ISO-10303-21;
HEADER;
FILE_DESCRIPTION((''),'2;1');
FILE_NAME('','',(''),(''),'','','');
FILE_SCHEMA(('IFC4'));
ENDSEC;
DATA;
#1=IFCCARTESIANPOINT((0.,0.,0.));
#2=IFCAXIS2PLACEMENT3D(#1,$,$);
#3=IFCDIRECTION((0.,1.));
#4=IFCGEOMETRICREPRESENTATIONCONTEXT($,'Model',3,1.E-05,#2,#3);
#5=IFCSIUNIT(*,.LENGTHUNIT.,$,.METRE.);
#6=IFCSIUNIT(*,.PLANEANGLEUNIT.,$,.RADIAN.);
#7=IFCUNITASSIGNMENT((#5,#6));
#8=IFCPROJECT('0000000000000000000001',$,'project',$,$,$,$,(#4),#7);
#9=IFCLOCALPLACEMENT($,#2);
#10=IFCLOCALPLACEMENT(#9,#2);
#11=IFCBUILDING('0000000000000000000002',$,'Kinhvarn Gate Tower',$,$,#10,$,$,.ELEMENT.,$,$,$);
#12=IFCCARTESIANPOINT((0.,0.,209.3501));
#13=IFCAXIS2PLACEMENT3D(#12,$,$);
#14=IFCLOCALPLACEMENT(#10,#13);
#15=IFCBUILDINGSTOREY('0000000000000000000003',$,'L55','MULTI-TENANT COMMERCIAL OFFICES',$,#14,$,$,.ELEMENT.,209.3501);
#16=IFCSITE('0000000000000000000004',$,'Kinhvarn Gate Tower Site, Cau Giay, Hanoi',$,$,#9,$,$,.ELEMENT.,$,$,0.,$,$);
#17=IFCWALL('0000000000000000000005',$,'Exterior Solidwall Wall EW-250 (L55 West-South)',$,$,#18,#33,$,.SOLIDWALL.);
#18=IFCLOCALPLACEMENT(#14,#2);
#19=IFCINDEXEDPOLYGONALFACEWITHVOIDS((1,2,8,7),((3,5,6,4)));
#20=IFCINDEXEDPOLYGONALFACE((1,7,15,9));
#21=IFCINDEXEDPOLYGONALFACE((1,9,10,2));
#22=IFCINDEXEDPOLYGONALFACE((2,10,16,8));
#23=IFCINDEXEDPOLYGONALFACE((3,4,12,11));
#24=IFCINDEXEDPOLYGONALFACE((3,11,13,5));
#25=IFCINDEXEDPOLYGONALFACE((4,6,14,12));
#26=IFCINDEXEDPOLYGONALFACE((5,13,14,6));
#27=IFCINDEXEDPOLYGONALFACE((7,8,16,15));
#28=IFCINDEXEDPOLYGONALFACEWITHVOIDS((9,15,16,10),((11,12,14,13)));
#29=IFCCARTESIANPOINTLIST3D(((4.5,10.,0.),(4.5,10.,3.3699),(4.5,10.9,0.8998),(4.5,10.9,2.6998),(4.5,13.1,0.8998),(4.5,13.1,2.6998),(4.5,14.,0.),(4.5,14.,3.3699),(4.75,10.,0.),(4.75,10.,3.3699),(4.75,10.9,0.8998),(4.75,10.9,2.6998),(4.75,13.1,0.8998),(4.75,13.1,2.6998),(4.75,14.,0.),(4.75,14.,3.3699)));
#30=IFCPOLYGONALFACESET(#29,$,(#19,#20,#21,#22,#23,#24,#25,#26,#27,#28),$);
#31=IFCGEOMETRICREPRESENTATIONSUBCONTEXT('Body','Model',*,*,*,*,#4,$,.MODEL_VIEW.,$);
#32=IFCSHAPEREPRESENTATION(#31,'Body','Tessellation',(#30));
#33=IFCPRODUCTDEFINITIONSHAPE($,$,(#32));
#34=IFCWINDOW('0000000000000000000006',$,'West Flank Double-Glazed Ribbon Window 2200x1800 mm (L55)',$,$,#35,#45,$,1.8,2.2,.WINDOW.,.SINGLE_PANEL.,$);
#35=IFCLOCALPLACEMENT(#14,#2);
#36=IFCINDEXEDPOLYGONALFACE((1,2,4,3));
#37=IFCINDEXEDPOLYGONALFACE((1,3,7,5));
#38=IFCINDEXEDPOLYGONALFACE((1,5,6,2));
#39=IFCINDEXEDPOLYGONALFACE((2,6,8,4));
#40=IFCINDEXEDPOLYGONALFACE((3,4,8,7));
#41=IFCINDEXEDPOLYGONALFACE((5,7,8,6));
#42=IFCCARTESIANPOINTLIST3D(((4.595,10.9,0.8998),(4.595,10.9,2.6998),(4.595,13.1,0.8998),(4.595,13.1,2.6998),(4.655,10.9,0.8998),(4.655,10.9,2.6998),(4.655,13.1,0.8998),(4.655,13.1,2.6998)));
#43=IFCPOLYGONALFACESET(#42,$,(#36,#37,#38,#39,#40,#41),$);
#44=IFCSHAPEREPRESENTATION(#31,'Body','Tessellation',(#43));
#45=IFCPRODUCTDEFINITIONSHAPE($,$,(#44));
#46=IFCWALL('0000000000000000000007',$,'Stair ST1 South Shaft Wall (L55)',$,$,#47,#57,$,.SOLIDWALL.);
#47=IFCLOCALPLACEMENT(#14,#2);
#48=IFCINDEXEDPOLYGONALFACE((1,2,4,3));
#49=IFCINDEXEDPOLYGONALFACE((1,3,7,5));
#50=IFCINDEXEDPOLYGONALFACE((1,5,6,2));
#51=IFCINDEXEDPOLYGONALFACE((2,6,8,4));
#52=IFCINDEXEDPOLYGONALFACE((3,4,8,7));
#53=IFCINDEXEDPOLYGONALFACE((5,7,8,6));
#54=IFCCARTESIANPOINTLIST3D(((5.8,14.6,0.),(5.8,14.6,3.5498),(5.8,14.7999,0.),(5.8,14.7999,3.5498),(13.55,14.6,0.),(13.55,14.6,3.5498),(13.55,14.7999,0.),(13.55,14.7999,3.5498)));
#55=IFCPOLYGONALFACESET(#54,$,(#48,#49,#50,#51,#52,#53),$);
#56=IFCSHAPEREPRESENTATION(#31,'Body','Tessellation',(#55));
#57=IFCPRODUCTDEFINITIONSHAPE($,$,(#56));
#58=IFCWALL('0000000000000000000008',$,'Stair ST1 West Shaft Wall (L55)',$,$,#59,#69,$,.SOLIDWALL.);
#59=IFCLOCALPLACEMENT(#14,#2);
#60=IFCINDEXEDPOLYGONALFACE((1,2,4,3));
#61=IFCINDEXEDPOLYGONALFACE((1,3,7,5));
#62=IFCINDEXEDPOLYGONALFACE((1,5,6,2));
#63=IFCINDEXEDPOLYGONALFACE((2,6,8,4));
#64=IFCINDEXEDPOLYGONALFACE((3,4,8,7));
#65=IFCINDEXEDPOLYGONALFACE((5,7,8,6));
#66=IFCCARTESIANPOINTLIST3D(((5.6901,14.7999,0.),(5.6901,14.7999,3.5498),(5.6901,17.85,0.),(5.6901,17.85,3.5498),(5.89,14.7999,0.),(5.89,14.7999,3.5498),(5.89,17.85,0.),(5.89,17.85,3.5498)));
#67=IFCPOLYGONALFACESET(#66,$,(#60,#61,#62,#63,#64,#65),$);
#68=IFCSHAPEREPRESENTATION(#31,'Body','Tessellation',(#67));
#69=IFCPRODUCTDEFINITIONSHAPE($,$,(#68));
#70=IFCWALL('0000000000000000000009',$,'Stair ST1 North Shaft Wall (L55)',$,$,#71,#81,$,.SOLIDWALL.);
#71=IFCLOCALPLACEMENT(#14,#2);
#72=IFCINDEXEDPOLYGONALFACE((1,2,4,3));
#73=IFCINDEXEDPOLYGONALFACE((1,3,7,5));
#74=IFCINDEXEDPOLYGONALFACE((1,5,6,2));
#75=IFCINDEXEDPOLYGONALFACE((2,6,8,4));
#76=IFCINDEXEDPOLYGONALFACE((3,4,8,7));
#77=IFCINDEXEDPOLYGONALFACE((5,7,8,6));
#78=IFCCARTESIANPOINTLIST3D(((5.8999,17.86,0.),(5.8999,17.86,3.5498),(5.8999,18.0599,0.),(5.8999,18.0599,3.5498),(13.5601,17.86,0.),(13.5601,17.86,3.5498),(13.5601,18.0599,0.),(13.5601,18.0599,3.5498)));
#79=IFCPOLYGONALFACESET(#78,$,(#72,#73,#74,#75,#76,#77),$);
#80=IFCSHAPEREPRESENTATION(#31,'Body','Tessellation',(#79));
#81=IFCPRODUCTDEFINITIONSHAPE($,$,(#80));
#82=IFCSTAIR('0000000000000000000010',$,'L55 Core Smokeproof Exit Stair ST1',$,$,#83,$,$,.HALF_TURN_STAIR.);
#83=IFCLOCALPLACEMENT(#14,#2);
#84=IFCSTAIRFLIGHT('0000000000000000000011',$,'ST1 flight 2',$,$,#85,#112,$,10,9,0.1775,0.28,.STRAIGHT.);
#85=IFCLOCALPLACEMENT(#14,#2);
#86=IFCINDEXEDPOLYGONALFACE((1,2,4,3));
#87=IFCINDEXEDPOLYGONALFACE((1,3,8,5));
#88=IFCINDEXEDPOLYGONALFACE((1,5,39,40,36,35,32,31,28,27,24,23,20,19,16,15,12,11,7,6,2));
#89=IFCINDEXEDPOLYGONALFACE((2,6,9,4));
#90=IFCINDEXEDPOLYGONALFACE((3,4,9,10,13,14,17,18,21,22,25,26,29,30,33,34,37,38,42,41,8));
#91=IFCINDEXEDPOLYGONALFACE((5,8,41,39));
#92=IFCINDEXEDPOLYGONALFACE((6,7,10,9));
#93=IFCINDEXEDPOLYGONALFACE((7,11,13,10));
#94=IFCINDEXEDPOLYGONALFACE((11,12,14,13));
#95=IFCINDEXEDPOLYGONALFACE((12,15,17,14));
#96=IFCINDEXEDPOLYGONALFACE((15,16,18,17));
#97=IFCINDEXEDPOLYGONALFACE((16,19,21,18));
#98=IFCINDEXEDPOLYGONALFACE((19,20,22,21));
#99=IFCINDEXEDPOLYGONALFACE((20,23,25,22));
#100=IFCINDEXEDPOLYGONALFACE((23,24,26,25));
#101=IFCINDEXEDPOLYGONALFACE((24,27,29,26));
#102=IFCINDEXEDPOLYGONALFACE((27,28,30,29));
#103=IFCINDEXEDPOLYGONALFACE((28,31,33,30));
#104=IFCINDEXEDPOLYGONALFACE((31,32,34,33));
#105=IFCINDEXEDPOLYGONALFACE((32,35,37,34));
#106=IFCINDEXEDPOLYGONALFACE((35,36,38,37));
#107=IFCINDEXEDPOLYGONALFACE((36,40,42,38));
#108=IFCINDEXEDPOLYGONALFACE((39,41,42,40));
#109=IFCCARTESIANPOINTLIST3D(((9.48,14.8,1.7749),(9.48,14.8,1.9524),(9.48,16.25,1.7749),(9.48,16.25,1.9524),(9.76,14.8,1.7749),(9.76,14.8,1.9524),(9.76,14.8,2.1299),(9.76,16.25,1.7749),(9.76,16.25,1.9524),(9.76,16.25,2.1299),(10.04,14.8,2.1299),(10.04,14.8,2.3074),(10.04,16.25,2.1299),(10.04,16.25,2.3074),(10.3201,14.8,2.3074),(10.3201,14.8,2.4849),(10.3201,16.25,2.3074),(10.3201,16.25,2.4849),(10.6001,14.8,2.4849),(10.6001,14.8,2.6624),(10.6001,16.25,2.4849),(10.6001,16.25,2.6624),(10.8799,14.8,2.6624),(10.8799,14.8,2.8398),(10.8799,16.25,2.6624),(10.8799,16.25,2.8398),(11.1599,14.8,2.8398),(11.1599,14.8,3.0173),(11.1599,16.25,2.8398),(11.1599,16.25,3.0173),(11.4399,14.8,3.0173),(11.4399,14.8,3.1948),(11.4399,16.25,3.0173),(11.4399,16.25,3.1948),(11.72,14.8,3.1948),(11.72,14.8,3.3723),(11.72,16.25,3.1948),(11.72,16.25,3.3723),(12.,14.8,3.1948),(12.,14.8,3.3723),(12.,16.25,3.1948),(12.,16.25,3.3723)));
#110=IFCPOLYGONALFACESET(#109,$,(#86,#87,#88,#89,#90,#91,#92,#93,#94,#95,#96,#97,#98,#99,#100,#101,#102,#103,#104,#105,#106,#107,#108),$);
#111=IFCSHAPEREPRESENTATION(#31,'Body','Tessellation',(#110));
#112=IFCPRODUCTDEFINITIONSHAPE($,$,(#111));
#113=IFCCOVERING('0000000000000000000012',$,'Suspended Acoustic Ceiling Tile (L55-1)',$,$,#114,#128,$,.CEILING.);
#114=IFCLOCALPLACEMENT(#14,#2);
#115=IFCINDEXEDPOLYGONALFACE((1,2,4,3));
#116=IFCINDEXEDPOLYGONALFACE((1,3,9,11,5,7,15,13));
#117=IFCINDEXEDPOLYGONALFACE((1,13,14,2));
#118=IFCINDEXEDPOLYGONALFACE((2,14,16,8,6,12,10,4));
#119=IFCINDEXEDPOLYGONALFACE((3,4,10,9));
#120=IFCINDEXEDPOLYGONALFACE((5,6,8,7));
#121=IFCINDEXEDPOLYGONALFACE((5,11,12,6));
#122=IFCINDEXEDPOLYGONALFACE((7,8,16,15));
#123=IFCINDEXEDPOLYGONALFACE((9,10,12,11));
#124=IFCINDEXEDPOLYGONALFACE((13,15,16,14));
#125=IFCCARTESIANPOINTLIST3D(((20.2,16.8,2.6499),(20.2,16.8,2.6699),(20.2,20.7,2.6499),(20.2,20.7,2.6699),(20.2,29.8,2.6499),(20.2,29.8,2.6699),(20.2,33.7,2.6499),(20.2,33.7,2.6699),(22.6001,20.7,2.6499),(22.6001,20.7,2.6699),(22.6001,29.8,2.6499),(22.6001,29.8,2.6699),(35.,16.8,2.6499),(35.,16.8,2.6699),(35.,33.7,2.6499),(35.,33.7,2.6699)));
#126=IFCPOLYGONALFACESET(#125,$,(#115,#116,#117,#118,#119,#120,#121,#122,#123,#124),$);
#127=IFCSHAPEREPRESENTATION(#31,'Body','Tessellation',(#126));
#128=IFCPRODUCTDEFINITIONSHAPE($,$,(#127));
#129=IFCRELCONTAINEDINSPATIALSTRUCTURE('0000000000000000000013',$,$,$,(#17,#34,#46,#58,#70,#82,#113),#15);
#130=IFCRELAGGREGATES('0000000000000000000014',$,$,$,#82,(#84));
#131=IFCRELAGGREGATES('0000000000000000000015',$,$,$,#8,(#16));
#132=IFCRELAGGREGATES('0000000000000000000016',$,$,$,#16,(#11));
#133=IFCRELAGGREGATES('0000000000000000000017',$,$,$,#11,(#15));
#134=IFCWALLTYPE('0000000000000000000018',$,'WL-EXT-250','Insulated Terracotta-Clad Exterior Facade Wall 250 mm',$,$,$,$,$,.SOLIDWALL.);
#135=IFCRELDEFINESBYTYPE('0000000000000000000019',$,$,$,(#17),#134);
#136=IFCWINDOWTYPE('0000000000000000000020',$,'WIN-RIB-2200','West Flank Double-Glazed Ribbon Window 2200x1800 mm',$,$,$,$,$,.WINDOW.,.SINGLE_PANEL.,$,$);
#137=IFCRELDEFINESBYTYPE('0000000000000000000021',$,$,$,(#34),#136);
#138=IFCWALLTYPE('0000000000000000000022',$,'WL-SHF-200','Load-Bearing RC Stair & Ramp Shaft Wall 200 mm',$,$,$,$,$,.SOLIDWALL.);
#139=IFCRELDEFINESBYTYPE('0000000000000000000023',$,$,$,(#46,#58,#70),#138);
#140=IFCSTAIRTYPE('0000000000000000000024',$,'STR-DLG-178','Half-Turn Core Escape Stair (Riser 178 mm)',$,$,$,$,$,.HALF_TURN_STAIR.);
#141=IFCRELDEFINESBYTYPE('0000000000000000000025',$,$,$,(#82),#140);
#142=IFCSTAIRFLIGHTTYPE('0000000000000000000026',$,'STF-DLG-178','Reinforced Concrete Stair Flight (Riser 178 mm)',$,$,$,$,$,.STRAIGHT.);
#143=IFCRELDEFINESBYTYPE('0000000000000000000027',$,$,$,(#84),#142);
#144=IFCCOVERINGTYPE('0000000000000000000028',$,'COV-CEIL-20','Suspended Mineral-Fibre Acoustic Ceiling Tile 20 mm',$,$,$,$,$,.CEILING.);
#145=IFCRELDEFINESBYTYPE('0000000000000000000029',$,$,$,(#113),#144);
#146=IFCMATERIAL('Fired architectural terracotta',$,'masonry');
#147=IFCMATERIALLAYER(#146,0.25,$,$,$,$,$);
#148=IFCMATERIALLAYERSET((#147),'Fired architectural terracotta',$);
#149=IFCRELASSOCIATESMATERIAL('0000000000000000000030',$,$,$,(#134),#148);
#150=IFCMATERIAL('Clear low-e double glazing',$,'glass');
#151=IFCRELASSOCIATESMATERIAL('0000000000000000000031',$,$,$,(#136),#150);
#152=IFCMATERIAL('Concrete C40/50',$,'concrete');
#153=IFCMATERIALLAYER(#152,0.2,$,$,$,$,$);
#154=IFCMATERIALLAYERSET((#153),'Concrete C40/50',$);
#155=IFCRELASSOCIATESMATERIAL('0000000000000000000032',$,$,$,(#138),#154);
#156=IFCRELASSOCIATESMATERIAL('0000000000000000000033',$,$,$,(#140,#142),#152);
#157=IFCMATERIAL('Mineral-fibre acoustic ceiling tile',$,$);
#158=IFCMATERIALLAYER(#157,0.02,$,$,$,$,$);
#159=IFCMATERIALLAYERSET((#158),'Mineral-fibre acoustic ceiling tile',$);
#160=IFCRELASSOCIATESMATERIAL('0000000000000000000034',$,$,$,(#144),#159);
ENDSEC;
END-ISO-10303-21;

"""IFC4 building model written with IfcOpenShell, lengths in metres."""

from ifc_helpers import new_model, si_unit, direction, frame, frame_2d, origin, place, context, subcontext, project, spatial, polyline, rectangle, outline, extrude, material, layer, layer_set, type_object, element, fill, aggregate, save


model = new_model("IFC4")

# Units and contexts
model_context = context("Model", 3, precision=1e-05, world=origin(), true_north=direction((0.0, 1.0)))
body_context = subcontext(model_context, "Body", "Model", "MODEL_VIEW")
ifc_project = project(units=[si_unit("LENGTHUNIT", "METRE"), si_unit("PLANEANGLEUNIT", "RADIAN")], contexts=[model_context])

# Site, building, storey
site_placement = place(None, origin())
site = spatial("IfcSite", under=ifc_project, at=site_placement, Name="Kinhvarn Gate Tower Site, Cau Giay, Hanoi", CompositionType="ELEMENT", RefElevation=0.0)
building_placement = place(site_placement, origin())
building = spatial("IfcBuilding", under=site, at=building_placement, Name="Kinhvarn Gate Tower", CompositionType="ELEMENT")
storey_placement = place(building_placement, frame((0.0, 0.0, 209.3501)))
storey = spatial("IfcBuildingStorey", under=building, at=storey_placement, Name="L55", Description="MULTI-TENANT COMMERCIAL OFFICES", CompositionType="ELEMENT", Elevation=209.3501)

# Shared definitions
ifc_material_1 = material(Name="Clear low-e double glazing", Category="glass")

# Wall, opening, window
ifc_material_2 = material(Name="Fired architectural terracotta", Category="masonry")
ifc_layer_1 = layer(ifc_material_2, 0.25)
ifc_layer_set_1 = layer_set([ifc_layer_1], Name="Fired architectural terracotta")
wall_type_1 = type_object("IfcWallType", Name="WL-EXT-250", Description="Insulated Terracotta-Clad Exterior Facade Wall 250 mm", PredefinedType="SOLIDWALL", material=ifc_layer_set_1)
wall_1_placement = place(storey_placement, frame((4.625, 14.0, 0.0), z_axis=(0.0, 0.0, 1.0), x_axis=(0.0, -1.0, 0.0)))
wall_1 = element("IfcWall", 1, at=wall_1_placement, inside=storey, type_object=wall_type_1, Name="Exterior Solidwall Wall EW-250 (L55 West-South)", PredefinedType="SOLIDWALL", context=body_context, shape_type="SweptSolid", body=[
    extrude(rectangle(XDim=4.0, YDim=0.25, at=frame_2d((2.0, 0.0))), origin(), (0.0, 0.0, 1.0), 3.3699),
])
opening_placement = place(wall_1_placement, frame((0.8999, 0.0, 0.8999)))
opening = element("IfcOpeningElement", 2, at=opening_placement, cuts=wall_1, PredefinedType="OPENING", context=body_context, shape_type="SweptSolid", body=[
    extrude(rectangle(XDim=2.2, YDim=1.8, at=frame_2d((1.1001, 0.8999))), frame((0.0, 0.135, 0.0), z_axis=(0.0, -1.0, 0.0), x_axis=(1.0, 0.0, 0.0)), (0.0, 0.0, 1.0), 0.27),
])
window_type = type_object("IfcWindowType", Name="WIN-RIB-2200", Description="West Flank Double-Glazed Ribbon Window 2200x1800 mm", PartitioningType="SINGLE_PANEL", PredefinedType="WINDOW", material=ifc_material_1)
window_placement = place(opening_placement, origin())
window = element("IfcWindow", 3, at=window_placement, inside=storey, type_object=window_type, Name="West Flank Double-Glazed Ribbon Window 2200x1800 mm (L55)", OverallHeight=1.8, OverallWidth=2.2, PartitioningType="SINGLE_PANEL", PredefinedType="WINDOW", context=body_context, shape_type="SweptSolid", body=[
    extrude(rectangle(XDim=2.2, YDim=1.8, at=frame_2d((1.1001, 0.8999))), frame((0.0, 0.03, 0.0), z_axis=(0.0, -1.0, 0.0), x_axis=(1.0, 0.0, 0.0)), (0.0, 0.0, 1.0), 0.0601),
])
fill(opening, window)

# Walls
ifc_material_3 = material(Name="Concrete C40/50", Category="concrete")
ifc_layer_2 = layer(ifc_material_3, 0.2)
ifc_layer_set_2 = layer_set([ifc_layer_2], Name="Concrete C40/50")
wall_type_2 = type_object("IfcWallType", Name="WL-SHF-200", Description="Load-Bearing RC Stair & Ramp Shaft Wall 200 mm", PredefinedType="SOLIDWALL", material=ifc_layer_set_2)
wall_2_placement = place(storey_placement, frame((5.8, 14.7, 0.0), z_axis=(0.0, 0.0, 1.0), x_axis=(1.0, 0.0, 0.0)))
element("IfcWall", 4, at=wall_2_placement, inside=storey, type_object=wall_type_2, Name="Stair ST1 South Shaft Wall (L55)", PredefinedType="SOLIDWALL", context=body_context, shape_type="SweptSolid", body=[
    extrude(rectangle(XDim=7.75, YDim=0.2, at=frame_2d((3.875, 0.0))), origin(), (0.0, 0.0, 1.0), 3.5498),
])
wall_3_placement = place(storey_placement, frame((5.79, 14.8, 0.0), z_axis=(0.0, 0.0, 1.0), x_axis=(0.0, 1.0, 0.0)))
element("IfcWall", 5, at=wall_3_placement, inside=storey, type_object=wall_type_2, Name="Stair ST1 West Shaft Wall (L55)", PredefinedType="SOLIDWALL", context=body_context, shape_type="SweptSolid", body=[
    extrude(rectangle(XDim=3.05, YDim=0.2, at=frame_2d((1.5249, 0.0))), origin(), (0.0, 0.0, 1.0), 3.5498),
])
wall_4_placement = place(storey_placement, frame((5.8999, 17.96, 0.0), z_axis=(0.0, 0.0, 1.0), x_axis=(1.0, 0.0, 0.0)))
element("IfcWall", 6, at=wall_4_placement, inside=storey, type_object=wall_type_2, Name="Stair ST1 North Shaft Wall (L55)", PredefinedType="SOLIDWALL", context=body_context, shape_type="SweptSolid", body=[
    extrude(rectangle(XDim=7.6602, YDim=0.2, at=frame_2d((3.8301, 0.0))), origin(), (0.0, 0.0, 1.0), 3.5498),
])

# Stair, stair flight
stair_type = type_object("IfcStairType", Name="STR-DLG-178", Description="Half-Turn Core Escape Stair (Riser 178 mm)", PredefinedType="HALF_TURN_STAIR", material=ifc_material_3)
stair_placement = place(storey_placement, origin())
stair = element("IfcStair", 7, at=stair_placement, inside=storey, type_object=stair_type, Name="L55 Core Smokeproof Exit Stair ST1", PredefinedType="HALF_TURN_STAIR")
stair_flight_type = type_object("IfcStairFlightType", Name="STF-DLG-178", Description="Reinforced Concrete Stair Flight (Riser 178 mm)", PredefinedType="STRAIGHT", material=ifc_material_3)
stair_flight_placement = place(storey_placement, frame((9.48, 15.5249, 1.7749), z_axis=(0.0, 0.0, 1.0), x_axis=(1.0, 0.0, 0.0)))
stair_flight = element("IfcStairFlight", 8, at=stair_flight_placement, type_object=stair_flight_type, Name="ST1 flight 2", NumberOfRisers=10, NumberOfTreads=9, PredefinedType="STRAIGHT", RiserHeight=0.1775, TreadLength=0.28, context=body_context, shape_type="SweptSolid", body=[
    extrude(outline(polyline([(0.0, 0.0), (0.0, 0.1775), (0.28, 0.1775), (0.28, 0.355), (0.5601, 0.355), (0.5601, 0.5325), (0.8401, 0.5325), (0.8401, 0.71), (1.1201, 0.71), (1.1201, 0.8875), (1.3999, 0.8875), (1.3999, 1.0649), (1.6799, 1.0649), (1.6799, 1.2424), (1.96, 1.2424), (1.96, 1.4199), (2.24, 1.4199), (2.24, 1.5974), (2.52, 1.5974), (2.52, 1.7749), (2.52, 1.4199), (0.28, 0.0), (0.0, 0.0)])), frame((0.0, 0.7251, 0.0), z_axis=(0.0, -1.0, 0.0), x_axis=(1.0, 0.0, 0.0)), (0.0, 0.0, 1.0), 1.45),
])
aggregate(stair, [stair_flight])

# Covering
ifc_material_4 = material(Name="Mineral-fibre acoustic ceiling tile")
ifc_layer_3 = layer(ifc_material_4, 0.02)
ifc_layer_set_3 = layer_set([ifc_layer_3], Name="Mineral-fibre acoustic ceiling tile")
covering_type = type_object("IfcCoveringType", Name="COV-CEIL-20", Description="Suspended Mineral-Fibre Acoustic Ceiling Tile 20 mm", PredefinedType="CEILING", material=ifc_layer_set_3)
covering_placement = place(storey_placement, frame((0.0, 0.0, 2.6499)))
element("IfcCovering", 9, at=covering_placement, inside=storey, type_object=covering_type, Name="Suspended Acoustic Ceiling Tile (L55-1)", PredefinedType="CEILING", context=body_context, shape_type="SweptSolid", body=[
    extrude(outline(polyline([(35.0, 33.7), (35.0, 16.8), (20.2, 16.8), (20.2, 20.7), (22.6001, 20.7), (22.6001, 29.8), (20.2, 29.8), (20.2, 33.7), (35.0, 33.7)])), origin(), (0.0, 0.0, 1.0), 0.02),
])

save(model, "model.ifc")
